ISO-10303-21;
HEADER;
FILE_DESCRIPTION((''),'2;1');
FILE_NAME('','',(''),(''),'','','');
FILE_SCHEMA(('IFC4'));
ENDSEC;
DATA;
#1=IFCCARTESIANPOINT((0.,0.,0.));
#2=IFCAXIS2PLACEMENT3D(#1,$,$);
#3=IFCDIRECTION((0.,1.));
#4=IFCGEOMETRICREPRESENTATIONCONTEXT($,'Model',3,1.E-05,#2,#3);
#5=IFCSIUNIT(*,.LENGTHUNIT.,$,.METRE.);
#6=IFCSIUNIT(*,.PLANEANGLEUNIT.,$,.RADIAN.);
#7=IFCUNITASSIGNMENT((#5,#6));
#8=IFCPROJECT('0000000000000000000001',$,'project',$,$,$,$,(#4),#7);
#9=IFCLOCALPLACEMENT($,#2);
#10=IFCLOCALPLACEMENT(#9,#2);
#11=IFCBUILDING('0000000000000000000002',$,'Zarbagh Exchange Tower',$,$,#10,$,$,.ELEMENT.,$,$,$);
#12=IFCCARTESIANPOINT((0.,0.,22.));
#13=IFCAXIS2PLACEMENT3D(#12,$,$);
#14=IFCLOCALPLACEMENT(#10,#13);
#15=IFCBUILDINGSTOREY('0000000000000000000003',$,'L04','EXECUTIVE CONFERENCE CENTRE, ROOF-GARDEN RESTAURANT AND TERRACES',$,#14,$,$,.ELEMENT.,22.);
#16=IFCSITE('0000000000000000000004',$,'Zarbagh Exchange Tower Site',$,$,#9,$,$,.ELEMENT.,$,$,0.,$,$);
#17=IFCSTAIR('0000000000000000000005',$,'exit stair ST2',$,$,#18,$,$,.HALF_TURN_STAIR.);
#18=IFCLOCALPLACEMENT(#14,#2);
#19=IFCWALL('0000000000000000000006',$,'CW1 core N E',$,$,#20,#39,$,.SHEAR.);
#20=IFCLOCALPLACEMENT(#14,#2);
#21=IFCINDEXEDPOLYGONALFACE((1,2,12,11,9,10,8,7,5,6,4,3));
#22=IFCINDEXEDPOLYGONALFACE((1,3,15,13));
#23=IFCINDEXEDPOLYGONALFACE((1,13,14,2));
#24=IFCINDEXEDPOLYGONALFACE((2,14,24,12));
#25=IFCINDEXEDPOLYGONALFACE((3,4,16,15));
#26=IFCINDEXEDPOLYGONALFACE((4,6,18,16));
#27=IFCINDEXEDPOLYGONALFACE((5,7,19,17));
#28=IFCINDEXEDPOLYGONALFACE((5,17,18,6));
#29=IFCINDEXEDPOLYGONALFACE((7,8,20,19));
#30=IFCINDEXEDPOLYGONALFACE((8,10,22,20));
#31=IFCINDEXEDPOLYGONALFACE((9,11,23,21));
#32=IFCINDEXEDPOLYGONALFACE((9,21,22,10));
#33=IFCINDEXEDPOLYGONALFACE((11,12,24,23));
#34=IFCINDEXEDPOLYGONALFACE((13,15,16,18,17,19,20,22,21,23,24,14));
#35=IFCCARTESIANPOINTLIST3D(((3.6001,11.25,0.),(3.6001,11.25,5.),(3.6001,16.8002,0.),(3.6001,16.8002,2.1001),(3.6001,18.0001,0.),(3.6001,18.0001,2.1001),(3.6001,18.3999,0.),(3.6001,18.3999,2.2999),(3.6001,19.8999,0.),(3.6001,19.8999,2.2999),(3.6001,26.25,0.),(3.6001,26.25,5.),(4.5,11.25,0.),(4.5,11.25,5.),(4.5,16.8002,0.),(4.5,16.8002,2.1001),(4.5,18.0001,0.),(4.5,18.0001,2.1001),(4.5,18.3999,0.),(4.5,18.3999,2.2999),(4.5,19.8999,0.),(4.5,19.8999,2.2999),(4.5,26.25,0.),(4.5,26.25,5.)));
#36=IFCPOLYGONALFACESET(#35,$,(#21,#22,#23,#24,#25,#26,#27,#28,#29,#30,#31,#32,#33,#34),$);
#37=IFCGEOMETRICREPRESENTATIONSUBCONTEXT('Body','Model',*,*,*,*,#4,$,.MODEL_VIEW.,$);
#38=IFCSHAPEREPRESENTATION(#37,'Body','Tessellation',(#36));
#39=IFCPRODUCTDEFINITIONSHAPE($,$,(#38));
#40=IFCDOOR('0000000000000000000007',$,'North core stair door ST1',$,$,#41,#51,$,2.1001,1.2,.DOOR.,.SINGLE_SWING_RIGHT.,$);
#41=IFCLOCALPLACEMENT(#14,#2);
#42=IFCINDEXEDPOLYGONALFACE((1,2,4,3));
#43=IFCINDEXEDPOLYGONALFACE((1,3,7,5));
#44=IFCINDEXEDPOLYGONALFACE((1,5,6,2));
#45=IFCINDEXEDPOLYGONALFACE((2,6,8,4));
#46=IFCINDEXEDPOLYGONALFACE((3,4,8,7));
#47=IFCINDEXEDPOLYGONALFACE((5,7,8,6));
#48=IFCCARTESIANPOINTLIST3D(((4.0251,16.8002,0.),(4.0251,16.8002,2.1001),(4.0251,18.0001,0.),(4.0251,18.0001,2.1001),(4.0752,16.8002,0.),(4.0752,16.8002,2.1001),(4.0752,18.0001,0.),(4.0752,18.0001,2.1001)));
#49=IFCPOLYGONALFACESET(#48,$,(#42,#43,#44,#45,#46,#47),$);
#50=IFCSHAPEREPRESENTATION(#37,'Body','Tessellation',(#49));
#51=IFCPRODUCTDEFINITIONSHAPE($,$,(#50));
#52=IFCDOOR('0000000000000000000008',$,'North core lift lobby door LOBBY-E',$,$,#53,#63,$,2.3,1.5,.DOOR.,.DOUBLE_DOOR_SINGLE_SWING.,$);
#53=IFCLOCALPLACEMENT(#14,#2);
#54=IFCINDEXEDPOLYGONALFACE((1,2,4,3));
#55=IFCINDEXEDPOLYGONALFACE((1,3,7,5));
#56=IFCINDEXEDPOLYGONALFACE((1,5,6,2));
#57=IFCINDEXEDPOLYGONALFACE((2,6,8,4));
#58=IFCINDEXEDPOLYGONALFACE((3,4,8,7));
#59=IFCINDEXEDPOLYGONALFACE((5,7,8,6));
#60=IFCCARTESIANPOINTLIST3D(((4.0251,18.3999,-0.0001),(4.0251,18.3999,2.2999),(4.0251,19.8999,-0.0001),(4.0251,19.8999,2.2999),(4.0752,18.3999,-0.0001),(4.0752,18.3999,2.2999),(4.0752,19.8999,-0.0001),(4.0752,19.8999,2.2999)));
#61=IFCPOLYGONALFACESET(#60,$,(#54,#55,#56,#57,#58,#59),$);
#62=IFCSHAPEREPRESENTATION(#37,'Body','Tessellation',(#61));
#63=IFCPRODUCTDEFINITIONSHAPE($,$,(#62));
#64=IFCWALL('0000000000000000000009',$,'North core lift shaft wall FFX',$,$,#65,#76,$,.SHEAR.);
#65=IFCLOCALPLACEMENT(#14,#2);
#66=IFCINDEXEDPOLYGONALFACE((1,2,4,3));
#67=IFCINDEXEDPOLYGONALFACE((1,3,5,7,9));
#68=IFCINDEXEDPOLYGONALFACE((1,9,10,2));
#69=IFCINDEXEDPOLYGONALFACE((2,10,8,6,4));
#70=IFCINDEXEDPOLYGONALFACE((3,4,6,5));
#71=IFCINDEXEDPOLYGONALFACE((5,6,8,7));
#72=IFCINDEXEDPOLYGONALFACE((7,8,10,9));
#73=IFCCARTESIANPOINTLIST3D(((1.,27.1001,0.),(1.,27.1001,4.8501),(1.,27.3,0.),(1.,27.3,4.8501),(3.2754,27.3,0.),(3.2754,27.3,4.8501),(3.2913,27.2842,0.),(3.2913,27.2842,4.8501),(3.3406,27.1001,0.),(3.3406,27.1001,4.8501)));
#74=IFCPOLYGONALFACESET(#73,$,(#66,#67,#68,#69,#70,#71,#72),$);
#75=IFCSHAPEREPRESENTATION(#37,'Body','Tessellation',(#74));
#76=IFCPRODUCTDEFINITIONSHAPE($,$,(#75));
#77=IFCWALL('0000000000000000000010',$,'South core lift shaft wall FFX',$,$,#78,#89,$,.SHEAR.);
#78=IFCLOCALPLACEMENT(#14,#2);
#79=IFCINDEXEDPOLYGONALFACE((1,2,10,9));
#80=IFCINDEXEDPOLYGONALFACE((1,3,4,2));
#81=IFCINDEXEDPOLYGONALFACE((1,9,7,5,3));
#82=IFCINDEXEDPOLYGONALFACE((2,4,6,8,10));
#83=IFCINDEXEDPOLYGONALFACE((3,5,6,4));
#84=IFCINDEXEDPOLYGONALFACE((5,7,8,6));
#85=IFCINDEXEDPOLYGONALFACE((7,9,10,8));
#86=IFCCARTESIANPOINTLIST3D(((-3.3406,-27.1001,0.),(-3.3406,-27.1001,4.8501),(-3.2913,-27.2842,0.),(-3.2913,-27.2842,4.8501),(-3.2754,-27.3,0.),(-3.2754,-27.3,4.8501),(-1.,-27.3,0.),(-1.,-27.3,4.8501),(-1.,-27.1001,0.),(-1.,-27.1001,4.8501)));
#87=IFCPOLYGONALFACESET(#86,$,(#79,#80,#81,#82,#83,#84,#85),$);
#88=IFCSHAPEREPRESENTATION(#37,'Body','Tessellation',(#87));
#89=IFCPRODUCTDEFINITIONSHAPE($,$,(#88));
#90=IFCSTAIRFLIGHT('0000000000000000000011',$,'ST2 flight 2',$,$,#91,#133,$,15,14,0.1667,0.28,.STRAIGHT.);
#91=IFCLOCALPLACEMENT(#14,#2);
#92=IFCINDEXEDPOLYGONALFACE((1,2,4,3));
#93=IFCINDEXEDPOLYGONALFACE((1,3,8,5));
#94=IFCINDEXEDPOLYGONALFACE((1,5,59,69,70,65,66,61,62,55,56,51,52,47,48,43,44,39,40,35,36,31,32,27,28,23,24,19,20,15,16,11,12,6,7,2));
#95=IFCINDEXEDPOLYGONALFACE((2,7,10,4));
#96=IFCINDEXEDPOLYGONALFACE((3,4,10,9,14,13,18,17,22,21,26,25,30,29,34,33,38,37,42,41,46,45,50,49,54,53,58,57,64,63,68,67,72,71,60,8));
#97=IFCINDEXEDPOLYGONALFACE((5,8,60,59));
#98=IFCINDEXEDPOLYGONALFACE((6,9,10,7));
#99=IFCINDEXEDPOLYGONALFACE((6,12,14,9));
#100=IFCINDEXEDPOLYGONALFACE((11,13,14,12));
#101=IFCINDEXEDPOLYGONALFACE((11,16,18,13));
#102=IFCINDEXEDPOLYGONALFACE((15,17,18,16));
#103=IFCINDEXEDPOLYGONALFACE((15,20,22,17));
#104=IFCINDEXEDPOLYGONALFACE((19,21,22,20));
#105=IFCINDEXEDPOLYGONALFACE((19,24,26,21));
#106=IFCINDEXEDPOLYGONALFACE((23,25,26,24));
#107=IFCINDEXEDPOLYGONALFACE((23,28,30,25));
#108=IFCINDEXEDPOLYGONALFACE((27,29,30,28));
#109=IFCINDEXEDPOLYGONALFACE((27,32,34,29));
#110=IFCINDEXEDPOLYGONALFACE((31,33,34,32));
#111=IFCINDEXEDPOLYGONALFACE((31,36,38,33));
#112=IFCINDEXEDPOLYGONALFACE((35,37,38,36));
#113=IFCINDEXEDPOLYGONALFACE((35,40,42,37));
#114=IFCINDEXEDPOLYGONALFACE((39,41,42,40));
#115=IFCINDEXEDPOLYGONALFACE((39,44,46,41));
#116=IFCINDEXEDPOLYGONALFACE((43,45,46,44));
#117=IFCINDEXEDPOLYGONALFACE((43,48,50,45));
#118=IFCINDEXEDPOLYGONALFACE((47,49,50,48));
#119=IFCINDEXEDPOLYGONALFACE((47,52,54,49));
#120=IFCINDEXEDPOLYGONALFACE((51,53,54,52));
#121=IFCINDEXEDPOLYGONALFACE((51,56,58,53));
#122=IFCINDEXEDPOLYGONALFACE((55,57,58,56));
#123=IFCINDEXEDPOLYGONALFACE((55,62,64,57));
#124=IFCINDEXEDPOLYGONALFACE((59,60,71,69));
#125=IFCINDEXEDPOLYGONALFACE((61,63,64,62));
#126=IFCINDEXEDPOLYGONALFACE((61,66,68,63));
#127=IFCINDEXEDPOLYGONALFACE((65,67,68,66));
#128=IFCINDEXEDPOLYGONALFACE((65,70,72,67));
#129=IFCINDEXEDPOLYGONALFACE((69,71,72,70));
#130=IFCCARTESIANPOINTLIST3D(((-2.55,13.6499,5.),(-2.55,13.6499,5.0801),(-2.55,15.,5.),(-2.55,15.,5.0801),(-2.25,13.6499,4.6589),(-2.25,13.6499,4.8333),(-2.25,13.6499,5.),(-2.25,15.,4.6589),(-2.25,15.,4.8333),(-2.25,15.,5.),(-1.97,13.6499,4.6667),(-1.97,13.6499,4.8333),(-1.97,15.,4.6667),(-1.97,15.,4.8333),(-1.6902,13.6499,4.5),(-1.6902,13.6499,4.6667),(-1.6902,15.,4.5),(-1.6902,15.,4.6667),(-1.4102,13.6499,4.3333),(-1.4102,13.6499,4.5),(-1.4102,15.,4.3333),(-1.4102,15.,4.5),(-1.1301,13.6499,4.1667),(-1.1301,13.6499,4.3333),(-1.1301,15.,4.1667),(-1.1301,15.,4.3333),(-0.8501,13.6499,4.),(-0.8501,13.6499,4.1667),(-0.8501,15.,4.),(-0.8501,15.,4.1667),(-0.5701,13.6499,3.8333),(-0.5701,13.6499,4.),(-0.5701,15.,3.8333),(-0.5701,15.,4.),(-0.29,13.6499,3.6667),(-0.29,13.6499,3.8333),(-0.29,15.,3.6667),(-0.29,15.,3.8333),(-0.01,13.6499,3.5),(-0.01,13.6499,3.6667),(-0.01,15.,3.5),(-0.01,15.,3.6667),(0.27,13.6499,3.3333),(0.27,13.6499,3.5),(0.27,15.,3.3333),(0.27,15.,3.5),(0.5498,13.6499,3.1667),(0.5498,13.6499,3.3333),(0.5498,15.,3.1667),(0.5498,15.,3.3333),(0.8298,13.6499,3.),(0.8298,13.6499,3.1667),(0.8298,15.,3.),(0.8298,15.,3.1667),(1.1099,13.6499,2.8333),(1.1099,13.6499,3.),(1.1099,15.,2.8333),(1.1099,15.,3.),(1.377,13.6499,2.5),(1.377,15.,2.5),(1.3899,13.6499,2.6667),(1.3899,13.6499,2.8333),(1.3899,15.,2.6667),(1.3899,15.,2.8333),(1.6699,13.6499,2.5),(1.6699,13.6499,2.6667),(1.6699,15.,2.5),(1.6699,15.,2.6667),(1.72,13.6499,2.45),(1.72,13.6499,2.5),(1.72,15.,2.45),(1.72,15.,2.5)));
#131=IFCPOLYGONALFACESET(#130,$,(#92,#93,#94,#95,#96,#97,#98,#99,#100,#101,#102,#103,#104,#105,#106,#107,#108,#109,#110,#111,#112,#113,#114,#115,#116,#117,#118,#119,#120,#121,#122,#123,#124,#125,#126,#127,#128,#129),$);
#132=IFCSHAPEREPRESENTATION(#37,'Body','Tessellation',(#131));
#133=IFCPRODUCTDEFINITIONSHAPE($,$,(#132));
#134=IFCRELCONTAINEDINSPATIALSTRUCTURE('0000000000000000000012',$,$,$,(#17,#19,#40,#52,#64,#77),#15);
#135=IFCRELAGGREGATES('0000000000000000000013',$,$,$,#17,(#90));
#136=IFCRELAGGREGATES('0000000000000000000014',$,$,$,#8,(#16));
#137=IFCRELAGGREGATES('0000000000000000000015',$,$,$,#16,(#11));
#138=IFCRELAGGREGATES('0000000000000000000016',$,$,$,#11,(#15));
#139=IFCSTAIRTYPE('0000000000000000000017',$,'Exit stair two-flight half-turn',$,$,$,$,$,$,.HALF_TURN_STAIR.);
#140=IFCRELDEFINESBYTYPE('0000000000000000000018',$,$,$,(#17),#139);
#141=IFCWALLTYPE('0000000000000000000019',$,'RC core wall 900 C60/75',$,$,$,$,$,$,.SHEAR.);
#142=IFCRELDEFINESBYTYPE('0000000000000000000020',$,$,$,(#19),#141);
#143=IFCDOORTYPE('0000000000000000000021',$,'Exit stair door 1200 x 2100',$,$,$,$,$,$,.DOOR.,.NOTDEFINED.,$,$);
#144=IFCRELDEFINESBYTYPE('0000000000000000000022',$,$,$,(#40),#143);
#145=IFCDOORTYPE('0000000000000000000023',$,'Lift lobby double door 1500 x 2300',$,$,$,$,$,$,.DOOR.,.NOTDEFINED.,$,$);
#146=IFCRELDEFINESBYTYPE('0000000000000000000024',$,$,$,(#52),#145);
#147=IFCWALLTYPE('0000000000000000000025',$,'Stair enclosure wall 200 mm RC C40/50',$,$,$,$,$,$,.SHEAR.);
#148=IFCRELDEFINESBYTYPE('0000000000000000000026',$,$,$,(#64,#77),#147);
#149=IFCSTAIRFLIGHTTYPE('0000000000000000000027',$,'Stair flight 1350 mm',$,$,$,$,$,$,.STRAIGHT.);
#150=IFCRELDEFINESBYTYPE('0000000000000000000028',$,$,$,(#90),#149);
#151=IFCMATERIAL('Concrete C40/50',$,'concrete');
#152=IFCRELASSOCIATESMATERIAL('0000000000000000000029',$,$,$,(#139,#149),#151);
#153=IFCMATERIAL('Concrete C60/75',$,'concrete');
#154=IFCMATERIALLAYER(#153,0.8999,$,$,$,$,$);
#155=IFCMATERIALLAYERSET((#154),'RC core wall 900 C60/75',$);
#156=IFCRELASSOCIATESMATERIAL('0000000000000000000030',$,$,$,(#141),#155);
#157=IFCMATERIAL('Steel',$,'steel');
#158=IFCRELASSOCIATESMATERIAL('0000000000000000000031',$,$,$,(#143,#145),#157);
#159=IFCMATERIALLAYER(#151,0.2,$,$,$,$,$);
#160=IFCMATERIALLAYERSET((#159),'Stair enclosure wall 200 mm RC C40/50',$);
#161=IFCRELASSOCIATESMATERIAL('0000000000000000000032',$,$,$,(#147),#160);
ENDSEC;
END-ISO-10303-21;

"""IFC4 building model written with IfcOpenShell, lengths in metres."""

from ifc_helpers import new_model, si_unit, direction, frame, frame_2d, origin, place, context, subcontext, project, spatial, polyline, rectangle, outline, extrude, material, layer, layer_set, type_object, element, fill, aggregate, save


model = new_model("IFC4")

# Units and contexts
model_context = context("Model", 3, precision=1e-05, world=origin(), true_north=direction((0.0, 1.0)))
body_context = subcontext(model_context, "Body", "Model", "MODEL_VIEW")
ifc_project = project(units=[si_unit("LENGTHUNIT", "METRE"), si_unit("PLANEANGLEUNIT", "RADIAN")], contexts=[model_context])

# Site, building, storey
site_placement = place(None, origin())
site = spatial("IfcSite", under=ifc_project, at=site_placement, Name="Zarbagh Exchange Tower Site", CompositionType="ELEMENT", RefElevation=0.0)
building_placement = place(site_placement, origin())
building = spatial("IfcBuilding", under=site, at=building_placement, Name="Zarbagh Exchange Tower", CompositionType="ELEMENT")
storey_placement = place(building_placement, frame((0.0, 0.0, 22.0)))
storey = spatial("IfcBuildingStorey", under=building, at=storey_placement, Name="L04", Description="EXECUTIVE CONFERENCE CENTRE, ROOF-GARDEN RESTAURANT AND TERRACES", CompositionType="ELEMENT", Elevation=22.0)

# Shared definitions
ifc_material_1 = material(Name="Concrete C60/75", Category="concrete")

# Stair
ifc_material_2 = material(Name="Concrete C40/50", Category="concrete")
stair_type = type_object("IfcStairType", Name="Exit stair two-flight half-turn", PredefinedType="HALF_TURN_STAIR", material=ifc_material_2)
stair_1_placement = place(storey_placement, origin())
stair_1 = element("IfcStair", 1, at=stair_1_placement, inside=storey, type_object=stair_type, Name="exit stair ST2", PredefinedType="HALF_TURN_STAIR")

# Wall, openings, doors
ifc_layer_1 = layer(ifc_material_1, 0.8999)
ifc_layer_set_1 = layer_set([ifc_layer_1], Name="RC core wall 900 C60/75")
wall_type_1 = type_object("IfcWallType", Name="RC core wall 900 C60/75", PredefinedType="SHEAR", material=ifc_layer_set_1)
wall_1_placement = place(storey_placement, frame((4.05, 11.25, 0.0), z_axis=(0.0, 0.0, 1.0), x_axis=(0.0, 1.0, 0.0)))
wall_1 = element("IfcWall", 2, at=wall_1_placement, inside=storey, type_object=wall_type_1, Name="CW1 core N E", PredefinedType="SHEAR", context=body_context, shape_type="SweptSolid", body=[
    extrude(rectangle(XDim=15.0, YDim=0.8999, at=frame_2d((7.5, 0.0))), origin(), (0.0, 0.0, 1.0), 5.0),
])
opening_1_placement = place(wall_1_placement, frame((7.1499, 0.0, 0.0)))
opening_1 = element("IfcOpeningElement", 3, at=opening_1_placement, cuts=wall_1, PredefinedType="OPENING", context=body_context, shape_type="SweptSolid", body=[
    extrude(rectangle(XDim=1.5, YDim=2.3, at=frame_2d((0.75, 1.1499))), frame((0.0, 0.46, 0.0), z_axis=(0.0, -1.0, 0.0), x_axis=(1.0, 0.0, 0.0)), (0.0, 0.0, 1.0), 0.9199),
])
opening_2_placement = place(wall_1_placement, frame((5.55, 0.0, 0.0)))
opening_2 = element("IfcOpeningElement", 4, at=opening_2_placement, cuts=wall_1, PredefinedType="OPENING", context=body_context, shape_type="SweptSolid", body=[
    extrude(rectangle(XDim=1.2, YDim=2.1001, at=frame_2d((0.6001, 1.05))), frame((0.0, 0.46, 0.0), z_axis=(0.0, -1.0, 0.0), x_axis=(1.0, 0.0, 0.0)), (0.0, 0.0, 1.0), 0.9199),
])
ifc_material_3 = material(Name="Steel", Category="steel")
door_type_1 = type_object("IfcDoorType", Name="Exit stair door 1200 x 2100", OperationType="NOTDEFINED", PredefinedType="DOOR", material=ifc_material_3)
door_1_placement = place(opening_2_placement, origin())
door_1 = element("IfcDoor", 5, at=door_1_placement, inside=storey, type_object=door_type_1, Name="North core stair door ST1", OperationType="SINGLE_SWING_RIGHT", OverallHeight=2.1001, OverallWidth=1.2, PredefinedType="DOOR", context=body_context, shape_type="SweptSolid", body=[
    extrude(rectangle(XDim=1.2, YDim=2.1001, at=frame_2d((0.6001, 1.05))), frame((0.0, 0.0249, 0.0), z_axis=(0.0, -1.0, 0.0), x_axis=(1.0, 0.0, 0.0)), (0.0, 0.0, 1.0), 0.05),
])
fill(opening_2, door_1)
door_type_2 = type_object("IfcDoorType", Name="Lift lobby double door 1500 x 2300", OperationType="NOTDEFINED", PredefinedType="DOOR", material=ifc_material_3)
door_2_placement = place(opening_1_placement, origin())
door_2 = element("IfcDoor", 6, at=door_2_placement, inside=storey, type_object=door_type_2, Name="North core lift lobby door LOBBY-E", OperationType="DOUBLE_DOOR_SINGLE_SWING", OverallHeight=2.3, OverallWidth=1.5, PredefinedType="DOOR", context=body_context, shape_type="SweptSolid", body=[
    extrude(rectangle(XDim=1.5, YDim=2.3, at=frame_2d((0.75, 1.1499))), frame((0.0, 0.0249, 0.0), z_axis=(0.0, -1.0, 0.0), x_axis=(1.0, 0.0, 0.0)), (0.0, 0.0, 1.0), 0.05),
])
fill(opening_1, door_2)

# Walls
ifc_layer_2 = layer(ifc_material_2, 0.2)
ifc_layer_set_2 = layer_set([ifc_layer_2], Name="Stair enclosure wall 200 mm RC C40/50")
wall_type_2 = type_object("IfcWallType", Name="Stair enclosure wall 200 mm RC C40/50", PredefinedType="SHEAR", material=ifc_layer_set_2)
wall_2_placement = place(storey_placement, origin())
element("IfcWall", 7, at=wall_2_placement, inside=storey, type_object=wall_type_2, Name="North core lift shaft wall FFX", PredefinedType="SHEAR", context=body_context, shape_type="SweptSolid", body=[
    extrude(outline(polyline([(1.0, 27.1001), (3.3406, 27.1001), (3.2913, 27.2842), (3.2754, 27.3), (1.0, 27.3), (1.0, 27.1001)])), origin(), (0.0, 0.0, 1.0), 4.8501),
])
wall_3_placement = place(storey_placement, origin())
element("IfcWall", 8, at=wall_3_placement, inside=storey, type_object=wall_type_2, Name="South core lift shaft wall FFX", PredefinedType="SHEAR", context=body_context, shape_type="SweptSolid", body=[
    extrude(outline(polyline([(-1.0, -27.1001), (-3.3406, -27.1001), (-3.2913, -27.2842), (-3.2754, -27.3), (-1.0, -27.3), (-1.0, -27.1001)])), origin(), (0.0, 0.0, 1.0), 4.8501),
])

# Stair flight
stair_flight_type = type_object("IfcStairFlightType", Name="Stair flight 1350 mm", PredefinedType="STRAIGHT", material=ifc_material_2)
stair_flight_placement = place(storey_placement, frame((1.6699, 14.325, 2.5), z_axis=(0.0, 0.0, 1.0), x_axis=(-1.0, 0.0, 0.0)))
stair_flight = element("IfcStairFlight", 9, at=stair_flight_placement, type_object=stair_flight_type, Name="ST2 flight 2", NumberOfRisers=15, NumberOfTreads=14, PredefinedType="STRAIGHT", RiserHeight=0.1667, TreadLength=0.28, context=body_context, shape_type="SweptSolid", body=[
    extrude(outline(polyline([(-0.05, -0.05), (-0.05, 0.0), (0.0, 0.0), (0.0, 0.1667), (0.28, 0.1667), (0.28, 0.3333), (0.5601, 0.3333), (0.5601, 0.5), (0.8401, 0.5), (0.8401, 0.6667), (1.1201, 0.6667), (1.1201, 0.8333), (1.3999, 0.8333), (1.3999, 1.0), (1.6799, 1.0), (1.6799, 1.1667), (1.96, 1.1667), (1.96, 1.3333), (2.24, 1.3333), (2.24, 1.5), (2.52, 1.5), (2.52, 1.6667), (2.8, 1.6667), (2.8, 1.8333), (3.0801, 1.8333), (3.0801, 2.0), (3.3601, 2.0), (3.3601, 2.1667), (3.6399, 2.1667), (3.6399, 2.3333), (3.9199, 2.3333), (3.9199, 2.5), (4.22, 2.5801), (4.22, 2.5), (3.9199, 2.1589), (0.293, 0.0), (-0.05, -0.05)])), frame((0.0, 0.675, 0.0), z_axis=(0.0, -1.0, 0.0), x_axis=(1.0, 0.0, 0.0)), (0.0, 0.0, 1.0), 1.3501),
])
aggregate(stair_1, [stair_flight])

save(model, "model.ifc")
